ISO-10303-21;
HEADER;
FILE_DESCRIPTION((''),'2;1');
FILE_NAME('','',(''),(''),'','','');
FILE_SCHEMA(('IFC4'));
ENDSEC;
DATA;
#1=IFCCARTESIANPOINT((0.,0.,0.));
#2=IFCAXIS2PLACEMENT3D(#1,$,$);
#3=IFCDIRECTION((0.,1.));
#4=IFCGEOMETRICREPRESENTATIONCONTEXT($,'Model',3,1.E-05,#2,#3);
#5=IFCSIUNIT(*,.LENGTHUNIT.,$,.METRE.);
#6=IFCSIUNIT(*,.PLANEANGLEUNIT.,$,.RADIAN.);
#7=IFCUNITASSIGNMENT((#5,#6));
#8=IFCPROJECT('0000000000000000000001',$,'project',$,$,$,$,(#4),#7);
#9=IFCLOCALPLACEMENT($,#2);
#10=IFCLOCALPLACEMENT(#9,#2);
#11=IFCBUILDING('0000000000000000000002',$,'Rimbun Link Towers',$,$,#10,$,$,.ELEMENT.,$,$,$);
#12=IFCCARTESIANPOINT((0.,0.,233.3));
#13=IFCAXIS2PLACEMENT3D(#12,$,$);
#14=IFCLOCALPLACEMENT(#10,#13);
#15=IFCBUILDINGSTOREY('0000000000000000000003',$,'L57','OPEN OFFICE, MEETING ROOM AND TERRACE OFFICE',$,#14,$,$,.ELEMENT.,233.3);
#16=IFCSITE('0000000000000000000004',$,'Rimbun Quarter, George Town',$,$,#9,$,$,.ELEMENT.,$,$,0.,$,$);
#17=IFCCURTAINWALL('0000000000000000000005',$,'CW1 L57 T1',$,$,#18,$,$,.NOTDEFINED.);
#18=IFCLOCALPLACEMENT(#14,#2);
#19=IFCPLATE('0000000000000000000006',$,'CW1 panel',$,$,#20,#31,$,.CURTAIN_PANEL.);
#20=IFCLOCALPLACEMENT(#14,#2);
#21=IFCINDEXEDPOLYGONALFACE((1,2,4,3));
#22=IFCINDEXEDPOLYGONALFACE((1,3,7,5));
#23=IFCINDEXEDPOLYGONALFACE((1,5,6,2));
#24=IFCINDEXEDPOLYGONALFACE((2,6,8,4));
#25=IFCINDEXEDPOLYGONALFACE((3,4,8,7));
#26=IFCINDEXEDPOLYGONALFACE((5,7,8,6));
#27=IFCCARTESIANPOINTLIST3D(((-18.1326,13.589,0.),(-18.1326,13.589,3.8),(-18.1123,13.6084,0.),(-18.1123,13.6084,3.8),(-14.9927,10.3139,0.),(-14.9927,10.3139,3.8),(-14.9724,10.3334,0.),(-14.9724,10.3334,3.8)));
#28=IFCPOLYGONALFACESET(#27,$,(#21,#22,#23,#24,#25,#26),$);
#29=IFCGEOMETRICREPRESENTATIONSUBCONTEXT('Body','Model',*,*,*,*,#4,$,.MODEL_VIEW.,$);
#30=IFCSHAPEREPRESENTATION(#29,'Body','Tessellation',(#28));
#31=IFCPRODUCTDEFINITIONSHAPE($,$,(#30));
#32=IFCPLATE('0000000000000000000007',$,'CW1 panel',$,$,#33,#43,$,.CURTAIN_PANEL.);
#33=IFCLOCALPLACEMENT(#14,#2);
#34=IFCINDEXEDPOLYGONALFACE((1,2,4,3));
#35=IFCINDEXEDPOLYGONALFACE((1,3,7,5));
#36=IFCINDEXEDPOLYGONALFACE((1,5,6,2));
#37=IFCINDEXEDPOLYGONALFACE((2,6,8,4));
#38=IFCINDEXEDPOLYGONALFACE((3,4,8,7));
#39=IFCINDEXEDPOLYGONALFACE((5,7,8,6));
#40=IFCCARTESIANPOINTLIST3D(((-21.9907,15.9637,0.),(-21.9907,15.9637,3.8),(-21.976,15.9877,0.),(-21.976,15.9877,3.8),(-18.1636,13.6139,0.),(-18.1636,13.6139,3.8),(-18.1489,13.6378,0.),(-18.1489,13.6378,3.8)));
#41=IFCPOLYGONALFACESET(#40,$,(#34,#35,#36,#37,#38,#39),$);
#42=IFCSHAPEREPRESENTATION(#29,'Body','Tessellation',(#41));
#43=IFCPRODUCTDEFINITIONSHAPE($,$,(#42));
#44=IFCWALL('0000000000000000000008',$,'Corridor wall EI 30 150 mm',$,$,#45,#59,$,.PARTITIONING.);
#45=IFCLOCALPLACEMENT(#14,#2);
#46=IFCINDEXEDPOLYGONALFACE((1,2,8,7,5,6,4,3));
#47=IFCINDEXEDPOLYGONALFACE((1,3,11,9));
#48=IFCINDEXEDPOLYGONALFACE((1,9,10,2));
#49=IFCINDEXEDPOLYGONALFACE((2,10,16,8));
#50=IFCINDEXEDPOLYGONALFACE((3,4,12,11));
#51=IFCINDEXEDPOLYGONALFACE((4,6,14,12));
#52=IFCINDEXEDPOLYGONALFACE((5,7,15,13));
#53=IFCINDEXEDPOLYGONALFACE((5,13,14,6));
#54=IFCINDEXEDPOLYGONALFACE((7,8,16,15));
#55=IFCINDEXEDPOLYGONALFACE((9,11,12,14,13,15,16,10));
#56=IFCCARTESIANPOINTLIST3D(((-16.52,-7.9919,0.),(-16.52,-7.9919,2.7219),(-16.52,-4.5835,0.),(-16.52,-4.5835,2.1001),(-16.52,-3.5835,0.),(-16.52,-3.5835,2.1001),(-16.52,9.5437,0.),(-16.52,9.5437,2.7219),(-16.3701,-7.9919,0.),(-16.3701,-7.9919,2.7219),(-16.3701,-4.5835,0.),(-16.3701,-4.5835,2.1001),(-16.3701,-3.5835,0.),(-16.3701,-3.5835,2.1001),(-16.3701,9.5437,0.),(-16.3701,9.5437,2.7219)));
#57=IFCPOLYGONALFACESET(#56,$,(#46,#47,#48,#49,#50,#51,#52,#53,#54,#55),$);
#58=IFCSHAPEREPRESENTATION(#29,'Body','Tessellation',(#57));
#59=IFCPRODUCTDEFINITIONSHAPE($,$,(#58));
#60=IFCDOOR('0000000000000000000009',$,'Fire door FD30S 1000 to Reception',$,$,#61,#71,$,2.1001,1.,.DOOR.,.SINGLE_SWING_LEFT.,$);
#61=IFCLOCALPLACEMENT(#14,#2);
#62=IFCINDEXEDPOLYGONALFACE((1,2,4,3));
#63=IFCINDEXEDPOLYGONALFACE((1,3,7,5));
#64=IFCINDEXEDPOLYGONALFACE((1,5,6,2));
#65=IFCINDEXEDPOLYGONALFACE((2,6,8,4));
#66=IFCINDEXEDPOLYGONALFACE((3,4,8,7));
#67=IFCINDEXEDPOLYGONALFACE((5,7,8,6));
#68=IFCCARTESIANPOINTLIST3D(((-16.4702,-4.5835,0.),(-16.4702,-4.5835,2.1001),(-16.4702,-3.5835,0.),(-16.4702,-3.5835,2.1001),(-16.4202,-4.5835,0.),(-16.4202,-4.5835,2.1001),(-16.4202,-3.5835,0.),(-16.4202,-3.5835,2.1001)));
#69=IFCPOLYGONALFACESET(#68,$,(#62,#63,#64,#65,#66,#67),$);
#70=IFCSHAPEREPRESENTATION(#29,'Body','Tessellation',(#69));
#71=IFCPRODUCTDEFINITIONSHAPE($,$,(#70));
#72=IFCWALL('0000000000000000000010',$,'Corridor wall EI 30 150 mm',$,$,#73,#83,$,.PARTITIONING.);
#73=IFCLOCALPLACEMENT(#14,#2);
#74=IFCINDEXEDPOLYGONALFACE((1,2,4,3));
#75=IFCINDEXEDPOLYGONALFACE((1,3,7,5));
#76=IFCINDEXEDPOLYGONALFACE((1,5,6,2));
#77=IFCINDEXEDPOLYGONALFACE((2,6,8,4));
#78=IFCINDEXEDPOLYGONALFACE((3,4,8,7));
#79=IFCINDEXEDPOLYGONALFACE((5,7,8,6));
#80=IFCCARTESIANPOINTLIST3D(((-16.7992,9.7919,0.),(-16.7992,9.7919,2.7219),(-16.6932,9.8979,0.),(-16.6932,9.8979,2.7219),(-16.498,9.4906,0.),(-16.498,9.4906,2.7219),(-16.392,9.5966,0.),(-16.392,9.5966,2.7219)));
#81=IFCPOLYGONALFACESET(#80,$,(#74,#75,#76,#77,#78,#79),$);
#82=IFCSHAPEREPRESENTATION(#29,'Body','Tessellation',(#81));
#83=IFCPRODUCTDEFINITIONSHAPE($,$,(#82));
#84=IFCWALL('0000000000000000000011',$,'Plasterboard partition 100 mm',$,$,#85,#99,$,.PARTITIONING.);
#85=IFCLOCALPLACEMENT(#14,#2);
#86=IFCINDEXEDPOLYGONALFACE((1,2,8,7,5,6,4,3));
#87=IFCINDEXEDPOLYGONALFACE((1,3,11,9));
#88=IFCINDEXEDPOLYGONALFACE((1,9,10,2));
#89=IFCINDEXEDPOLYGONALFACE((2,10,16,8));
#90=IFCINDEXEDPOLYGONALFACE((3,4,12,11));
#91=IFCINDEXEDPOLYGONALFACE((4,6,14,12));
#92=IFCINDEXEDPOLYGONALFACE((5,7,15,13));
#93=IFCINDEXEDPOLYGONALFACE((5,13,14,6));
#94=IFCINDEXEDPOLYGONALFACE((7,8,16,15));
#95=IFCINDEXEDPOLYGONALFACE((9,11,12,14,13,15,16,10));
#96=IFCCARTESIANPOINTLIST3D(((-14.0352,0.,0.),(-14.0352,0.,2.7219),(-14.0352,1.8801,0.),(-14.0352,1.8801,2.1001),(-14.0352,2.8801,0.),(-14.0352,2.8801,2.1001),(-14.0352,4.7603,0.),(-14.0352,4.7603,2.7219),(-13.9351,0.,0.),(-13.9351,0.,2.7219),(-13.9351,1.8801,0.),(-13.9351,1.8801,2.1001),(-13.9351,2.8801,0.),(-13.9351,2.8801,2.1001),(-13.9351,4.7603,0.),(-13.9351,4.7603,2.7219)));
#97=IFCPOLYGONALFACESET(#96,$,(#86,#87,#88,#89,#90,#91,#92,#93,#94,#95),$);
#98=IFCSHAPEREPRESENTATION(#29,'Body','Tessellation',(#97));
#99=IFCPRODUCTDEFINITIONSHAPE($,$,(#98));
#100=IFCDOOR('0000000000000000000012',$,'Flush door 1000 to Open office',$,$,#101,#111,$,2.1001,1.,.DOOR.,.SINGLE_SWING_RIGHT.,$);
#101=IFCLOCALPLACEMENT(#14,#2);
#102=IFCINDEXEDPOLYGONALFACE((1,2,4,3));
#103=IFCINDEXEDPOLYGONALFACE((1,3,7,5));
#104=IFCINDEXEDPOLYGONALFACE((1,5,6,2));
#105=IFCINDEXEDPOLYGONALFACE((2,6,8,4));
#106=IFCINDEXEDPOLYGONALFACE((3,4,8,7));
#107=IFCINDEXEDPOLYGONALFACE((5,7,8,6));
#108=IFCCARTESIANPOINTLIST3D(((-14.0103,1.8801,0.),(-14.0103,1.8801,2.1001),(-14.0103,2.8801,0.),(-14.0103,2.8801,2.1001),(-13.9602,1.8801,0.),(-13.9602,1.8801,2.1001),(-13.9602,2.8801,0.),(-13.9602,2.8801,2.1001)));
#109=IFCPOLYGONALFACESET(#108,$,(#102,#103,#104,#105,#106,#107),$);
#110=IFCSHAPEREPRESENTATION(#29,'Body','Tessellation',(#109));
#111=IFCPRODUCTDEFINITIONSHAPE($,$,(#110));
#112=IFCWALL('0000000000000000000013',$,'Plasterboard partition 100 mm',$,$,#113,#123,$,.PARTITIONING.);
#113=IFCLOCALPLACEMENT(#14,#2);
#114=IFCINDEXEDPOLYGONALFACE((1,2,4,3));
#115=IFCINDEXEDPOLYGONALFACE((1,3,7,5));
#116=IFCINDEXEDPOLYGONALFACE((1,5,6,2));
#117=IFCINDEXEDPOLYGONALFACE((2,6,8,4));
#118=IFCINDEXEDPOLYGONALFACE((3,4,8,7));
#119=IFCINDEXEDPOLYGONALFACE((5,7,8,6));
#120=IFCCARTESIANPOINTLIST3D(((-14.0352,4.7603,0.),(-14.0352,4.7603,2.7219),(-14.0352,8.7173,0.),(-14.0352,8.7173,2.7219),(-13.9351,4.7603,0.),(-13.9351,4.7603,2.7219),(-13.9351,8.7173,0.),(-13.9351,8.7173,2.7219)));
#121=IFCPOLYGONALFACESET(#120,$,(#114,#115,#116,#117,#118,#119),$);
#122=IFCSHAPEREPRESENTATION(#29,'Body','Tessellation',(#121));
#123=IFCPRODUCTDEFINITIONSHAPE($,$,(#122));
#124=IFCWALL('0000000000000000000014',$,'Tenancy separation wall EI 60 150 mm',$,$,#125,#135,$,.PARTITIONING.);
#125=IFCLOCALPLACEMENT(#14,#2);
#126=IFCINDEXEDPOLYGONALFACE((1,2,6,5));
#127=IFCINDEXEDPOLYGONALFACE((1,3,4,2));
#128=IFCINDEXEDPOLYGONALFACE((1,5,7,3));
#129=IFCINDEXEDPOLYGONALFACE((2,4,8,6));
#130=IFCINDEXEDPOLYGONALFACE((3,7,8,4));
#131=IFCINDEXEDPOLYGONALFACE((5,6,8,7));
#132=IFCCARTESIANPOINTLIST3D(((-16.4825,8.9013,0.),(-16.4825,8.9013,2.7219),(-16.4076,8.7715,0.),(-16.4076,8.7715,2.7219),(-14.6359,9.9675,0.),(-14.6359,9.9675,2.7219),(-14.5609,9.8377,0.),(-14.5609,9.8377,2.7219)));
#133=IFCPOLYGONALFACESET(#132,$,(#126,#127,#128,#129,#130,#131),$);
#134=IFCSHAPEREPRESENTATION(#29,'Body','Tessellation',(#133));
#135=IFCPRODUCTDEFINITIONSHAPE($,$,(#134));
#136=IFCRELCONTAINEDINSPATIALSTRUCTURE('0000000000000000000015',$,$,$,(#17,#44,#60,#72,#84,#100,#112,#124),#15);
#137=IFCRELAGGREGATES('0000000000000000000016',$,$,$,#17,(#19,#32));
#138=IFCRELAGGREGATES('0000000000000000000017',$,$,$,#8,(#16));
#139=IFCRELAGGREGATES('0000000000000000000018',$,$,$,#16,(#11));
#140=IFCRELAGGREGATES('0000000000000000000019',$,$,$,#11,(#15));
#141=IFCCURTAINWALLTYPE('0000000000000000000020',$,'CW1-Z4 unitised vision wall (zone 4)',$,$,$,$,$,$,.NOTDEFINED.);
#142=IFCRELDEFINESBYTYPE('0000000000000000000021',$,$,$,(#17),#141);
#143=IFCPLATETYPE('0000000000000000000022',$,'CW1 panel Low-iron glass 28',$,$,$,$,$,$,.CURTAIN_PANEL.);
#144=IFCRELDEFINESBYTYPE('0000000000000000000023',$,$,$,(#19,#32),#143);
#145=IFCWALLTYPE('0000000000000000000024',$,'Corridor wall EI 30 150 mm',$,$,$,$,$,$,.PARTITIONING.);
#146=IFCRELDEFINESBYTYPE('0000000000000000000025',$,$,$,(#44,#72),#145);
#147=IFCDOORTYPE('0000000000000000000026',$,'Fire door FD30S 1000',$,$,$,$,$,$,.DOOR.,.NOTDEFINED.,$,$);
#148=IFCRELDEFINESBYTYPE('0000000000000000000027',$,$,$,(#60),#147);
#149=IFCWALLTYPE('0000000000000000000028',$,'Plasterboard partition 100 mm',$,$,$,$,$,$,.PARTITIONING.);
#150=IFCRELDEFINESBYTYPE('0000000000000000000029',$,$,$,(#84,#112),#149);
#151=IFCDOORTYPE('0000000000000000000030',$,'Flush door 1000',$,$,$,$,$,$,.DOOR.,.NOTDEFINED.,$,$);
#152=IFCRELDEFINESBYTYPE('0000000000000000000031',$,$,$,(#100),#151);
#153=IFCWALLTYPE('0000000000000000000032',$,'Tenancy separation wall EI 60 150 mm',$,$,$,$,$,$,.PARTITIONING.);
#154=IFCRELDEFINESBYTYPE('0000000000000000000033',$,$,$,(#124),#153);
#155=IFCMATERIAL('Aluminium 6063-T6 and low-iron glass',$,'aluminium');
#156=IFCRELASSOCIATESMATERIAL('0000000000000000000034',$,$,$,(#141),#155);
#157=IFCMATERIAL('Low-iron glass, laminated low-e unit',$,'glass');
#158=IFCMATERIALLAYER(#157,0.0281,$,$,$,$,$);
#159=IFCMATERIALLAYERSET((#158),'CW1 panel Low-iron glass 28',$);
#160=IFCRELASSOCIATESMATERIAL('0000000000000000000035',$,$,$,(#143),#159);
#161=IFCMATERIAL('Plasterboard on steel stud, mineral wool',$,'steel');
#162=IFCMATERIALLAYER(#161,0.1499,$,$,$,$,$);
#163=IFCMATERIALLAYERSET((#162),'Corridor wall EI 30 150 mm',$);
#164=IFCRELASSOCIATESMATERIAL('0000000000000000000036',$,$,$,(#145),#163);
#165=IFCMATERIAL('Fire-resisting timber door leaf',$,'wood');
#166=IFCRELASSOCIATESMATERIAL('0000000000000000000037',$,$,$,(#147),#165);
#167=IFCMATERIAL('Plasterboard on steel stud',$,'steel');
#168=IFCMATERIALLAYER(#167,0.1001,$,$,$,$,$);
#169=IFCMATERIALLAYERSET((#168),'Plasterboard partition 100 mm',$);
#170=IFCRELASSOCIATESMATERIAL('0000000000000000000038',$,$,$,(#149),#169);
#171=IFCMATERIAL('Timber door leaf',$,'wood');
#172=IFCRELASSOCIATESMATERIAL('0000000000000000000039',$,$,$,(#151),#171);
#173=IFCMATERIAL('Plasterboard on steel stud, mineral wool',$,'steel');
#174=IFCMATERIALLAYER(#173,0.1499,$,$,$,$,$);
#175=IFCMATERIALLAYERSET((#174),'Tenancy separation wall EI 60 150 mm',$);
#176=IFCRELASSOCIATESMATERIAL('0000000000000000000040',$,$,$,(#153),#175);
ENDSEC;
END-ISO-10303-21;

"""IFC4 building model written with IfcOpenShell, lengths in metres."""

from ifc_helpers import new_model, si_unit, direction, frame, frame_2d, origin, origin_2d, place, context, subcontext, project, spatial, rectangle, extrude, material, layer, layer_set, type_object, element, fill, aggregate, save


model = new_model("IFC4")

# Units and contexts
model_context = context("Model", 3, precision=1e-05, world=origin(), true_north=direction((0.0, 1.0)))
body_context = subcontext(model_context, "Body", "Model", "MODEL_VIEW")
ifc_project = project(units=[si_unit("LENGTHUNIT", "METRE"), si_unit("PLANEANGLEUNIT", "RADIAN")], contexts=[model_context])

# Site, building, storey
site_placement = place(None, origin())
site = spatial("IfcSite", under=ifc_project, at=site_placement, Name="Rimbun Quarter, George Town", CompositionType="ELEMENT", RefElevation=0.0)
building_placement = place(site_placement, origin())
building = spatial("IfcBuilding", under=site, at=building_placement, Name="Rimbun Link Towers", CompositionType="ELEMENT")
storey_placement = place(building_placement, frame((0.0, 0.0, 233.3)))
storey = spatial("IfcBuildingStorey", under=building, at=storey_placement, Name="L57", Description="OPEN OFFICE, MEETING ROOM AND TERRACE OFFICE", CompositionType="ELEMENT", Elevation=233.3)

# Curtain wall
ifc_material_1 = material(Name="Aluminium 6063-T6 and low-iron glass", Category="aluminium")
curtain_wall_type = type_object("IfcCurtainWallType", Name="CW1-Z4 unitised vision wall (zone 4)", PredefinedType="NOTDEFINED", material=ifc_material_1)
curtain_wall_placement = place(storey_placement, origin())
curtain_wall = element("IfcCurtainWall", 1, at=curtain_wall_placement, inside=storey, type_object=curtain_wall_type, Name="CW1 L57 T1", PredefinedType="NOTDEFINED")

# Plates
ifc_material_2 = material(Name="Low-iron glass, laminated low-e unit", Category="glass")
ifc_layer_1 = layer(ifc_material_2, 0.0281)
ifc_layer_set_1 = layer_set([ifc_layer_1], Name="CW1 panel Low-iron glass 28")
plate_type = type_object("IfcPlateType", Name="CW1 panel Low-iron glass 28", PredefinedType="CURTAIN_PANEL", material=ifc_layer_set_1)
plate_1_placement = place(storey_placement, frame((-16.5525, 11.9612, 0.0), z_axis=(0.0, 0.0, 1.0), x_axis=(0.692058, -0.721842, 0.0)))
plate_1 = element("IfcPlate", 2, at=plate_1_placement, type_object=plate_type, Name="CW1 panel", PredefinedType="CURTAIN_PANEL", context=body_context, shape_type="SweptSolid", body=[
    extrude(rectangle(XDim=4.5371, YDim=0.0281, at=origin_2d()), origin(), (0.0, 0.0, 1.0), 3.8),
])
plate_2_placement = place(storey_placement, frame((-20.0698, 14.8008, 0.0), z_axis=(0.0, 0.0, 1.0), x_axis=(0.852185, -0.52324, 0.0)))
plate_2 = element("IfcPlate", 3, at=plate_2_placement, type_object=plate_type, Name="CW1 panel", PredefinedType="CURTAIN_PANEL", context=body_context, shape_type="SweptSolid", body=[
    extrude(rectangle(XDim=4.491, YDim=0.0281, at=origin_2d()), origin(), (0.0, 0.0, 1.0), 3.8),
])
aggregate(curtain_wall, [plate_1, plate_2])

# Wall, opening, door
ifc_material_3 = material(Name="Plasterboard on steel stud, mineral wool", Category="steel")
ifc_layer_2 = layer(ifc_material_3, 0.1499)
ifc_layer_set_2 = layer_set([ifc_layer_2], Name="Corridor wall EI 30 150 mm")
wall_type_1 = type_object("IfcWallType", Name="Corridor wall EI 30 150 mm", PredefinedType="PARTITIONING", material=ifc_layer_set_2)
wall_1_placement = place(storey_placement, frame((-16.4451, 9.5437, 0.0), z_axis=(0.0, 0.0, 1.0), x_axis=(0.0, -1.0, 0.0)))
wall_1 = element("IfcWall", 4, at=wall_1_placement, inside=storey, type_object=wall_type_1, Name="Corridor wall EI 30 150 mm", PredefinedType="PARTITIONING", context=body_context, shape_type="SweptSolid", body=[
    extrude(rectangle(XDim=17.5356, YDim=0.1499, at=frame_2d((8.7678, 0.0))), origin(), (0.0, 0.0, 1.0), 2.7219),
])
opening_1_placement = place(wall_1_placement, frame((13.1272, 0.0, 0.0)))
opening_1 = element("IfcOpeningElement", 5, at=opening_1_placement, cuts=wall_1, PredefinedType="OPENING", context=body_context, shape_type="SweptSolid", body=[
    extrude(rectangle(XDim=1.0, YDim=2.1001, at=frame_2d((0.5, 1.05))), frame((0.0, 0.085, 0.0), z_axis=(0.0, -1.0, 0.0), x_axis=(1.0, 0.0, 0.0)), (0.0, 0.0, 1.0), 0.1699),
])
ifc_material_4 = material(Name="Fire-resisting timber door leaf", Category="wood")
door_type_1 = type_object("IfcDoorType", Name="Fire door FD30S 1000", OperationType="NOTDEFINED", PredefinedType="DOOR", material=ifc_material_4)
door_1_placement = place(opening_1_placement, origin())
door_1 = element("IfcDoor", 6, at=door_1_placement, inside=storey, type_object=door_type_1, Name="Fire door FD30S 1000 to Reception", OperationType="SINGLE_SWING_LEFT", OverallHeight=2.1001, OverallWidth=1.0, PredefinedType="DOOR", context=body_context, shape_type="SweptSolid", body=[
    extrude(rectangle(XDim=1.0, YDim=2.1001, at=frame_2d((0.5, 1.05))), frame((0.0, 0.0249, 0.0), z_axis=(0.0, -1.0, 0.0), x_axis=(1.0, 0.0, 0.0)), (0.0, 0.0, 1.0), 0.05),
])
fill(opening_1, door_1)

# Wall
wall_2_placement = place(storey_placement, frame((-16.4451, 9.5437, 0.0), z_axis=(0.0, 0.0, 1.0), x_axis=(-0.707107, 0.707107, 0.0)))
element("IfcWall", 7, at=wall_2_placement, inside=storey, type_object=wall_type_1, Name="Corridor wall EI 30 150 mm", PredefinedType="PARTITIONING", context=body_context, shape_type="SweptSolid", body=[
    extrude(rectangle(XDim=0.426, YDim=0.1499, at=frame_2d((0.2129, 0.0))), origin(), (0.0, 0.0, 1.0), 2.7219),
])

# Wall, opening, door
ifc_material_5 = material(Name="Plasterboard on steel stud", Category="steel")
ifc_layer_3 = layer(ifc_material_5, 0.1001)
ifc_layer_set_3 = layer_set([ifc_layer_3], Name="Plasterboard partition 100 mm")
wall_type_2 = type_object("IfcWallType", Name="Plasterboard partition 100 mm", PredefinedType="PARTITIONING", material=ifc_layer_set_3)
wall_3_placement = place(storey_placement, frame((-13.9851, 4.7603, 0.0), z_axis=(0.0, 0.0, 1.0), x_axis=(0.0, -1.0, 0.0)))
wall_3 = element("IfcWall", 8, at=wall_3_placement, inside=storey, type_object=wall_type_2, Name="Plasterboard partition 100 mm", PredefinedType="PARTITIONING", context=body_context, shape_type="SweptSolid", body=[
    extrude(rectangle(XDim=4.7603, YDim=0.1001, at=frame_2d((2.3801, 0.0))), origin(), (0.0, 0.0, 1.0), 2.7219),
])
opening_2_placement = place(wall_3_placement, frame((1.8801, 0.0, 0.0)))
opening_2 = element("IfcOpeningElement", 9, at=opening_2_placement, cuts=wall_3, PredefinedType="OPENING", context=body_context, shape_type="SweptSolid", body=[
    extrude(rectangle(XDim=1.0, YDim=2.1001, at=frame_2d((0.5, 1.05))), frame((0.0, 0.0601, 0.0), z_axis=(0.0, -1.0, 0.0), x_axis=(1.0, 0.0, 0.0)), (0.0, 0.0, 1.0), 0.1201),
])
ifc_material_6 = material(Name="Timber door leaf", Category="wood")
door_type_2 = type_object("IfcDoorType", Name="Flush door 1000", OperationType="NOTDEFINED", PredefinedType="DOOR", material=ifc_material_6)
door_2_placement = place(opening_2_placement, origin())
door_2 = element("IfcDoor", 10, at=door_2_placement, inside=storey, type_object=door_type_2, Name="Flush door 1000 to Open office", OperationType="SINGLE_SWING_RIGHT", OverallHeight=2.1001, OverallWidth=1.0, PredefinedType="DOOR", context=body_context, shape_type="SweptSolid", body=[
    extrude(rectangle(XDim=1.0, YDim=2.1001, at=frame_2d((0.5, 1.05))), frame((0.0, 0.0249, 0.0), z_axis=(0.0, -1.0, 0.0), x_axis=(1.0, 0.0, 0.0)), (0.0, 0.0, 1.0), 0.05),
])
fill(opening_2, door_2)

# Walls
wall_4_placement = place(storey_placement, frame((-13.9851, 4.7603, 0.0), z_axis=(0.0, 0.0, 1.0), x_axis=(0.0, 1.0, 0.0)))
element("IfcWall", 11, at=wall_4_placement, inside=storey, type_object=wall_type_2, Name="Plasterboard partition 100 mm", PredefinedType="PARTITIONING", context=body_context, shape_type="SweptSolid", body=[
    extrude(rectangle(XDim=3.957, YDim=0.1001, at=frame_2d((1.9785, 0.0))), origin(), (0.0, 0.0, 1.0), 2.7219),
])
ifc_material_7 = material(Name="Plasterboard on steel stud, mineral wool", Category="steel")
ifc_layer_4 = layer(ifc_material_7, 0.1499)
ifc_layer_set_4 = layer_set([ifc_layer_4], Name="Tenancy separation wall EI 60 150 mm")
wall_type_3 = type_object("IfcWallType", Name="Tenancy separation wall EI 60 150 mm", PredefinedType="PARTITIONING", material=ifc_layer_set_4)
wall_5_placement = place(storey_placement, frame((-16.4451, 8.8364, 0.0), z_axis=(0.0, 0.0, 1.0), x_axis=(0.866029, 0.499993, 0.0)))
element("IfcWall", 12, at=wall_5_placement, inside=storey, type_object=wall_type_3, Name="Tenancy separation wall EI 60 150 mm", PredefinedType="PARTITIONING", context=body_context, shape_type="SweptSolid", body=[
    extrude(rectangle(XDim=2.1323, YDim=0.1499, at=frame_2d((1.0662, 0.0))), origin(), (0.0, 0.0, 1.0), 2.7219),
])

save(model, "model.ifc")
